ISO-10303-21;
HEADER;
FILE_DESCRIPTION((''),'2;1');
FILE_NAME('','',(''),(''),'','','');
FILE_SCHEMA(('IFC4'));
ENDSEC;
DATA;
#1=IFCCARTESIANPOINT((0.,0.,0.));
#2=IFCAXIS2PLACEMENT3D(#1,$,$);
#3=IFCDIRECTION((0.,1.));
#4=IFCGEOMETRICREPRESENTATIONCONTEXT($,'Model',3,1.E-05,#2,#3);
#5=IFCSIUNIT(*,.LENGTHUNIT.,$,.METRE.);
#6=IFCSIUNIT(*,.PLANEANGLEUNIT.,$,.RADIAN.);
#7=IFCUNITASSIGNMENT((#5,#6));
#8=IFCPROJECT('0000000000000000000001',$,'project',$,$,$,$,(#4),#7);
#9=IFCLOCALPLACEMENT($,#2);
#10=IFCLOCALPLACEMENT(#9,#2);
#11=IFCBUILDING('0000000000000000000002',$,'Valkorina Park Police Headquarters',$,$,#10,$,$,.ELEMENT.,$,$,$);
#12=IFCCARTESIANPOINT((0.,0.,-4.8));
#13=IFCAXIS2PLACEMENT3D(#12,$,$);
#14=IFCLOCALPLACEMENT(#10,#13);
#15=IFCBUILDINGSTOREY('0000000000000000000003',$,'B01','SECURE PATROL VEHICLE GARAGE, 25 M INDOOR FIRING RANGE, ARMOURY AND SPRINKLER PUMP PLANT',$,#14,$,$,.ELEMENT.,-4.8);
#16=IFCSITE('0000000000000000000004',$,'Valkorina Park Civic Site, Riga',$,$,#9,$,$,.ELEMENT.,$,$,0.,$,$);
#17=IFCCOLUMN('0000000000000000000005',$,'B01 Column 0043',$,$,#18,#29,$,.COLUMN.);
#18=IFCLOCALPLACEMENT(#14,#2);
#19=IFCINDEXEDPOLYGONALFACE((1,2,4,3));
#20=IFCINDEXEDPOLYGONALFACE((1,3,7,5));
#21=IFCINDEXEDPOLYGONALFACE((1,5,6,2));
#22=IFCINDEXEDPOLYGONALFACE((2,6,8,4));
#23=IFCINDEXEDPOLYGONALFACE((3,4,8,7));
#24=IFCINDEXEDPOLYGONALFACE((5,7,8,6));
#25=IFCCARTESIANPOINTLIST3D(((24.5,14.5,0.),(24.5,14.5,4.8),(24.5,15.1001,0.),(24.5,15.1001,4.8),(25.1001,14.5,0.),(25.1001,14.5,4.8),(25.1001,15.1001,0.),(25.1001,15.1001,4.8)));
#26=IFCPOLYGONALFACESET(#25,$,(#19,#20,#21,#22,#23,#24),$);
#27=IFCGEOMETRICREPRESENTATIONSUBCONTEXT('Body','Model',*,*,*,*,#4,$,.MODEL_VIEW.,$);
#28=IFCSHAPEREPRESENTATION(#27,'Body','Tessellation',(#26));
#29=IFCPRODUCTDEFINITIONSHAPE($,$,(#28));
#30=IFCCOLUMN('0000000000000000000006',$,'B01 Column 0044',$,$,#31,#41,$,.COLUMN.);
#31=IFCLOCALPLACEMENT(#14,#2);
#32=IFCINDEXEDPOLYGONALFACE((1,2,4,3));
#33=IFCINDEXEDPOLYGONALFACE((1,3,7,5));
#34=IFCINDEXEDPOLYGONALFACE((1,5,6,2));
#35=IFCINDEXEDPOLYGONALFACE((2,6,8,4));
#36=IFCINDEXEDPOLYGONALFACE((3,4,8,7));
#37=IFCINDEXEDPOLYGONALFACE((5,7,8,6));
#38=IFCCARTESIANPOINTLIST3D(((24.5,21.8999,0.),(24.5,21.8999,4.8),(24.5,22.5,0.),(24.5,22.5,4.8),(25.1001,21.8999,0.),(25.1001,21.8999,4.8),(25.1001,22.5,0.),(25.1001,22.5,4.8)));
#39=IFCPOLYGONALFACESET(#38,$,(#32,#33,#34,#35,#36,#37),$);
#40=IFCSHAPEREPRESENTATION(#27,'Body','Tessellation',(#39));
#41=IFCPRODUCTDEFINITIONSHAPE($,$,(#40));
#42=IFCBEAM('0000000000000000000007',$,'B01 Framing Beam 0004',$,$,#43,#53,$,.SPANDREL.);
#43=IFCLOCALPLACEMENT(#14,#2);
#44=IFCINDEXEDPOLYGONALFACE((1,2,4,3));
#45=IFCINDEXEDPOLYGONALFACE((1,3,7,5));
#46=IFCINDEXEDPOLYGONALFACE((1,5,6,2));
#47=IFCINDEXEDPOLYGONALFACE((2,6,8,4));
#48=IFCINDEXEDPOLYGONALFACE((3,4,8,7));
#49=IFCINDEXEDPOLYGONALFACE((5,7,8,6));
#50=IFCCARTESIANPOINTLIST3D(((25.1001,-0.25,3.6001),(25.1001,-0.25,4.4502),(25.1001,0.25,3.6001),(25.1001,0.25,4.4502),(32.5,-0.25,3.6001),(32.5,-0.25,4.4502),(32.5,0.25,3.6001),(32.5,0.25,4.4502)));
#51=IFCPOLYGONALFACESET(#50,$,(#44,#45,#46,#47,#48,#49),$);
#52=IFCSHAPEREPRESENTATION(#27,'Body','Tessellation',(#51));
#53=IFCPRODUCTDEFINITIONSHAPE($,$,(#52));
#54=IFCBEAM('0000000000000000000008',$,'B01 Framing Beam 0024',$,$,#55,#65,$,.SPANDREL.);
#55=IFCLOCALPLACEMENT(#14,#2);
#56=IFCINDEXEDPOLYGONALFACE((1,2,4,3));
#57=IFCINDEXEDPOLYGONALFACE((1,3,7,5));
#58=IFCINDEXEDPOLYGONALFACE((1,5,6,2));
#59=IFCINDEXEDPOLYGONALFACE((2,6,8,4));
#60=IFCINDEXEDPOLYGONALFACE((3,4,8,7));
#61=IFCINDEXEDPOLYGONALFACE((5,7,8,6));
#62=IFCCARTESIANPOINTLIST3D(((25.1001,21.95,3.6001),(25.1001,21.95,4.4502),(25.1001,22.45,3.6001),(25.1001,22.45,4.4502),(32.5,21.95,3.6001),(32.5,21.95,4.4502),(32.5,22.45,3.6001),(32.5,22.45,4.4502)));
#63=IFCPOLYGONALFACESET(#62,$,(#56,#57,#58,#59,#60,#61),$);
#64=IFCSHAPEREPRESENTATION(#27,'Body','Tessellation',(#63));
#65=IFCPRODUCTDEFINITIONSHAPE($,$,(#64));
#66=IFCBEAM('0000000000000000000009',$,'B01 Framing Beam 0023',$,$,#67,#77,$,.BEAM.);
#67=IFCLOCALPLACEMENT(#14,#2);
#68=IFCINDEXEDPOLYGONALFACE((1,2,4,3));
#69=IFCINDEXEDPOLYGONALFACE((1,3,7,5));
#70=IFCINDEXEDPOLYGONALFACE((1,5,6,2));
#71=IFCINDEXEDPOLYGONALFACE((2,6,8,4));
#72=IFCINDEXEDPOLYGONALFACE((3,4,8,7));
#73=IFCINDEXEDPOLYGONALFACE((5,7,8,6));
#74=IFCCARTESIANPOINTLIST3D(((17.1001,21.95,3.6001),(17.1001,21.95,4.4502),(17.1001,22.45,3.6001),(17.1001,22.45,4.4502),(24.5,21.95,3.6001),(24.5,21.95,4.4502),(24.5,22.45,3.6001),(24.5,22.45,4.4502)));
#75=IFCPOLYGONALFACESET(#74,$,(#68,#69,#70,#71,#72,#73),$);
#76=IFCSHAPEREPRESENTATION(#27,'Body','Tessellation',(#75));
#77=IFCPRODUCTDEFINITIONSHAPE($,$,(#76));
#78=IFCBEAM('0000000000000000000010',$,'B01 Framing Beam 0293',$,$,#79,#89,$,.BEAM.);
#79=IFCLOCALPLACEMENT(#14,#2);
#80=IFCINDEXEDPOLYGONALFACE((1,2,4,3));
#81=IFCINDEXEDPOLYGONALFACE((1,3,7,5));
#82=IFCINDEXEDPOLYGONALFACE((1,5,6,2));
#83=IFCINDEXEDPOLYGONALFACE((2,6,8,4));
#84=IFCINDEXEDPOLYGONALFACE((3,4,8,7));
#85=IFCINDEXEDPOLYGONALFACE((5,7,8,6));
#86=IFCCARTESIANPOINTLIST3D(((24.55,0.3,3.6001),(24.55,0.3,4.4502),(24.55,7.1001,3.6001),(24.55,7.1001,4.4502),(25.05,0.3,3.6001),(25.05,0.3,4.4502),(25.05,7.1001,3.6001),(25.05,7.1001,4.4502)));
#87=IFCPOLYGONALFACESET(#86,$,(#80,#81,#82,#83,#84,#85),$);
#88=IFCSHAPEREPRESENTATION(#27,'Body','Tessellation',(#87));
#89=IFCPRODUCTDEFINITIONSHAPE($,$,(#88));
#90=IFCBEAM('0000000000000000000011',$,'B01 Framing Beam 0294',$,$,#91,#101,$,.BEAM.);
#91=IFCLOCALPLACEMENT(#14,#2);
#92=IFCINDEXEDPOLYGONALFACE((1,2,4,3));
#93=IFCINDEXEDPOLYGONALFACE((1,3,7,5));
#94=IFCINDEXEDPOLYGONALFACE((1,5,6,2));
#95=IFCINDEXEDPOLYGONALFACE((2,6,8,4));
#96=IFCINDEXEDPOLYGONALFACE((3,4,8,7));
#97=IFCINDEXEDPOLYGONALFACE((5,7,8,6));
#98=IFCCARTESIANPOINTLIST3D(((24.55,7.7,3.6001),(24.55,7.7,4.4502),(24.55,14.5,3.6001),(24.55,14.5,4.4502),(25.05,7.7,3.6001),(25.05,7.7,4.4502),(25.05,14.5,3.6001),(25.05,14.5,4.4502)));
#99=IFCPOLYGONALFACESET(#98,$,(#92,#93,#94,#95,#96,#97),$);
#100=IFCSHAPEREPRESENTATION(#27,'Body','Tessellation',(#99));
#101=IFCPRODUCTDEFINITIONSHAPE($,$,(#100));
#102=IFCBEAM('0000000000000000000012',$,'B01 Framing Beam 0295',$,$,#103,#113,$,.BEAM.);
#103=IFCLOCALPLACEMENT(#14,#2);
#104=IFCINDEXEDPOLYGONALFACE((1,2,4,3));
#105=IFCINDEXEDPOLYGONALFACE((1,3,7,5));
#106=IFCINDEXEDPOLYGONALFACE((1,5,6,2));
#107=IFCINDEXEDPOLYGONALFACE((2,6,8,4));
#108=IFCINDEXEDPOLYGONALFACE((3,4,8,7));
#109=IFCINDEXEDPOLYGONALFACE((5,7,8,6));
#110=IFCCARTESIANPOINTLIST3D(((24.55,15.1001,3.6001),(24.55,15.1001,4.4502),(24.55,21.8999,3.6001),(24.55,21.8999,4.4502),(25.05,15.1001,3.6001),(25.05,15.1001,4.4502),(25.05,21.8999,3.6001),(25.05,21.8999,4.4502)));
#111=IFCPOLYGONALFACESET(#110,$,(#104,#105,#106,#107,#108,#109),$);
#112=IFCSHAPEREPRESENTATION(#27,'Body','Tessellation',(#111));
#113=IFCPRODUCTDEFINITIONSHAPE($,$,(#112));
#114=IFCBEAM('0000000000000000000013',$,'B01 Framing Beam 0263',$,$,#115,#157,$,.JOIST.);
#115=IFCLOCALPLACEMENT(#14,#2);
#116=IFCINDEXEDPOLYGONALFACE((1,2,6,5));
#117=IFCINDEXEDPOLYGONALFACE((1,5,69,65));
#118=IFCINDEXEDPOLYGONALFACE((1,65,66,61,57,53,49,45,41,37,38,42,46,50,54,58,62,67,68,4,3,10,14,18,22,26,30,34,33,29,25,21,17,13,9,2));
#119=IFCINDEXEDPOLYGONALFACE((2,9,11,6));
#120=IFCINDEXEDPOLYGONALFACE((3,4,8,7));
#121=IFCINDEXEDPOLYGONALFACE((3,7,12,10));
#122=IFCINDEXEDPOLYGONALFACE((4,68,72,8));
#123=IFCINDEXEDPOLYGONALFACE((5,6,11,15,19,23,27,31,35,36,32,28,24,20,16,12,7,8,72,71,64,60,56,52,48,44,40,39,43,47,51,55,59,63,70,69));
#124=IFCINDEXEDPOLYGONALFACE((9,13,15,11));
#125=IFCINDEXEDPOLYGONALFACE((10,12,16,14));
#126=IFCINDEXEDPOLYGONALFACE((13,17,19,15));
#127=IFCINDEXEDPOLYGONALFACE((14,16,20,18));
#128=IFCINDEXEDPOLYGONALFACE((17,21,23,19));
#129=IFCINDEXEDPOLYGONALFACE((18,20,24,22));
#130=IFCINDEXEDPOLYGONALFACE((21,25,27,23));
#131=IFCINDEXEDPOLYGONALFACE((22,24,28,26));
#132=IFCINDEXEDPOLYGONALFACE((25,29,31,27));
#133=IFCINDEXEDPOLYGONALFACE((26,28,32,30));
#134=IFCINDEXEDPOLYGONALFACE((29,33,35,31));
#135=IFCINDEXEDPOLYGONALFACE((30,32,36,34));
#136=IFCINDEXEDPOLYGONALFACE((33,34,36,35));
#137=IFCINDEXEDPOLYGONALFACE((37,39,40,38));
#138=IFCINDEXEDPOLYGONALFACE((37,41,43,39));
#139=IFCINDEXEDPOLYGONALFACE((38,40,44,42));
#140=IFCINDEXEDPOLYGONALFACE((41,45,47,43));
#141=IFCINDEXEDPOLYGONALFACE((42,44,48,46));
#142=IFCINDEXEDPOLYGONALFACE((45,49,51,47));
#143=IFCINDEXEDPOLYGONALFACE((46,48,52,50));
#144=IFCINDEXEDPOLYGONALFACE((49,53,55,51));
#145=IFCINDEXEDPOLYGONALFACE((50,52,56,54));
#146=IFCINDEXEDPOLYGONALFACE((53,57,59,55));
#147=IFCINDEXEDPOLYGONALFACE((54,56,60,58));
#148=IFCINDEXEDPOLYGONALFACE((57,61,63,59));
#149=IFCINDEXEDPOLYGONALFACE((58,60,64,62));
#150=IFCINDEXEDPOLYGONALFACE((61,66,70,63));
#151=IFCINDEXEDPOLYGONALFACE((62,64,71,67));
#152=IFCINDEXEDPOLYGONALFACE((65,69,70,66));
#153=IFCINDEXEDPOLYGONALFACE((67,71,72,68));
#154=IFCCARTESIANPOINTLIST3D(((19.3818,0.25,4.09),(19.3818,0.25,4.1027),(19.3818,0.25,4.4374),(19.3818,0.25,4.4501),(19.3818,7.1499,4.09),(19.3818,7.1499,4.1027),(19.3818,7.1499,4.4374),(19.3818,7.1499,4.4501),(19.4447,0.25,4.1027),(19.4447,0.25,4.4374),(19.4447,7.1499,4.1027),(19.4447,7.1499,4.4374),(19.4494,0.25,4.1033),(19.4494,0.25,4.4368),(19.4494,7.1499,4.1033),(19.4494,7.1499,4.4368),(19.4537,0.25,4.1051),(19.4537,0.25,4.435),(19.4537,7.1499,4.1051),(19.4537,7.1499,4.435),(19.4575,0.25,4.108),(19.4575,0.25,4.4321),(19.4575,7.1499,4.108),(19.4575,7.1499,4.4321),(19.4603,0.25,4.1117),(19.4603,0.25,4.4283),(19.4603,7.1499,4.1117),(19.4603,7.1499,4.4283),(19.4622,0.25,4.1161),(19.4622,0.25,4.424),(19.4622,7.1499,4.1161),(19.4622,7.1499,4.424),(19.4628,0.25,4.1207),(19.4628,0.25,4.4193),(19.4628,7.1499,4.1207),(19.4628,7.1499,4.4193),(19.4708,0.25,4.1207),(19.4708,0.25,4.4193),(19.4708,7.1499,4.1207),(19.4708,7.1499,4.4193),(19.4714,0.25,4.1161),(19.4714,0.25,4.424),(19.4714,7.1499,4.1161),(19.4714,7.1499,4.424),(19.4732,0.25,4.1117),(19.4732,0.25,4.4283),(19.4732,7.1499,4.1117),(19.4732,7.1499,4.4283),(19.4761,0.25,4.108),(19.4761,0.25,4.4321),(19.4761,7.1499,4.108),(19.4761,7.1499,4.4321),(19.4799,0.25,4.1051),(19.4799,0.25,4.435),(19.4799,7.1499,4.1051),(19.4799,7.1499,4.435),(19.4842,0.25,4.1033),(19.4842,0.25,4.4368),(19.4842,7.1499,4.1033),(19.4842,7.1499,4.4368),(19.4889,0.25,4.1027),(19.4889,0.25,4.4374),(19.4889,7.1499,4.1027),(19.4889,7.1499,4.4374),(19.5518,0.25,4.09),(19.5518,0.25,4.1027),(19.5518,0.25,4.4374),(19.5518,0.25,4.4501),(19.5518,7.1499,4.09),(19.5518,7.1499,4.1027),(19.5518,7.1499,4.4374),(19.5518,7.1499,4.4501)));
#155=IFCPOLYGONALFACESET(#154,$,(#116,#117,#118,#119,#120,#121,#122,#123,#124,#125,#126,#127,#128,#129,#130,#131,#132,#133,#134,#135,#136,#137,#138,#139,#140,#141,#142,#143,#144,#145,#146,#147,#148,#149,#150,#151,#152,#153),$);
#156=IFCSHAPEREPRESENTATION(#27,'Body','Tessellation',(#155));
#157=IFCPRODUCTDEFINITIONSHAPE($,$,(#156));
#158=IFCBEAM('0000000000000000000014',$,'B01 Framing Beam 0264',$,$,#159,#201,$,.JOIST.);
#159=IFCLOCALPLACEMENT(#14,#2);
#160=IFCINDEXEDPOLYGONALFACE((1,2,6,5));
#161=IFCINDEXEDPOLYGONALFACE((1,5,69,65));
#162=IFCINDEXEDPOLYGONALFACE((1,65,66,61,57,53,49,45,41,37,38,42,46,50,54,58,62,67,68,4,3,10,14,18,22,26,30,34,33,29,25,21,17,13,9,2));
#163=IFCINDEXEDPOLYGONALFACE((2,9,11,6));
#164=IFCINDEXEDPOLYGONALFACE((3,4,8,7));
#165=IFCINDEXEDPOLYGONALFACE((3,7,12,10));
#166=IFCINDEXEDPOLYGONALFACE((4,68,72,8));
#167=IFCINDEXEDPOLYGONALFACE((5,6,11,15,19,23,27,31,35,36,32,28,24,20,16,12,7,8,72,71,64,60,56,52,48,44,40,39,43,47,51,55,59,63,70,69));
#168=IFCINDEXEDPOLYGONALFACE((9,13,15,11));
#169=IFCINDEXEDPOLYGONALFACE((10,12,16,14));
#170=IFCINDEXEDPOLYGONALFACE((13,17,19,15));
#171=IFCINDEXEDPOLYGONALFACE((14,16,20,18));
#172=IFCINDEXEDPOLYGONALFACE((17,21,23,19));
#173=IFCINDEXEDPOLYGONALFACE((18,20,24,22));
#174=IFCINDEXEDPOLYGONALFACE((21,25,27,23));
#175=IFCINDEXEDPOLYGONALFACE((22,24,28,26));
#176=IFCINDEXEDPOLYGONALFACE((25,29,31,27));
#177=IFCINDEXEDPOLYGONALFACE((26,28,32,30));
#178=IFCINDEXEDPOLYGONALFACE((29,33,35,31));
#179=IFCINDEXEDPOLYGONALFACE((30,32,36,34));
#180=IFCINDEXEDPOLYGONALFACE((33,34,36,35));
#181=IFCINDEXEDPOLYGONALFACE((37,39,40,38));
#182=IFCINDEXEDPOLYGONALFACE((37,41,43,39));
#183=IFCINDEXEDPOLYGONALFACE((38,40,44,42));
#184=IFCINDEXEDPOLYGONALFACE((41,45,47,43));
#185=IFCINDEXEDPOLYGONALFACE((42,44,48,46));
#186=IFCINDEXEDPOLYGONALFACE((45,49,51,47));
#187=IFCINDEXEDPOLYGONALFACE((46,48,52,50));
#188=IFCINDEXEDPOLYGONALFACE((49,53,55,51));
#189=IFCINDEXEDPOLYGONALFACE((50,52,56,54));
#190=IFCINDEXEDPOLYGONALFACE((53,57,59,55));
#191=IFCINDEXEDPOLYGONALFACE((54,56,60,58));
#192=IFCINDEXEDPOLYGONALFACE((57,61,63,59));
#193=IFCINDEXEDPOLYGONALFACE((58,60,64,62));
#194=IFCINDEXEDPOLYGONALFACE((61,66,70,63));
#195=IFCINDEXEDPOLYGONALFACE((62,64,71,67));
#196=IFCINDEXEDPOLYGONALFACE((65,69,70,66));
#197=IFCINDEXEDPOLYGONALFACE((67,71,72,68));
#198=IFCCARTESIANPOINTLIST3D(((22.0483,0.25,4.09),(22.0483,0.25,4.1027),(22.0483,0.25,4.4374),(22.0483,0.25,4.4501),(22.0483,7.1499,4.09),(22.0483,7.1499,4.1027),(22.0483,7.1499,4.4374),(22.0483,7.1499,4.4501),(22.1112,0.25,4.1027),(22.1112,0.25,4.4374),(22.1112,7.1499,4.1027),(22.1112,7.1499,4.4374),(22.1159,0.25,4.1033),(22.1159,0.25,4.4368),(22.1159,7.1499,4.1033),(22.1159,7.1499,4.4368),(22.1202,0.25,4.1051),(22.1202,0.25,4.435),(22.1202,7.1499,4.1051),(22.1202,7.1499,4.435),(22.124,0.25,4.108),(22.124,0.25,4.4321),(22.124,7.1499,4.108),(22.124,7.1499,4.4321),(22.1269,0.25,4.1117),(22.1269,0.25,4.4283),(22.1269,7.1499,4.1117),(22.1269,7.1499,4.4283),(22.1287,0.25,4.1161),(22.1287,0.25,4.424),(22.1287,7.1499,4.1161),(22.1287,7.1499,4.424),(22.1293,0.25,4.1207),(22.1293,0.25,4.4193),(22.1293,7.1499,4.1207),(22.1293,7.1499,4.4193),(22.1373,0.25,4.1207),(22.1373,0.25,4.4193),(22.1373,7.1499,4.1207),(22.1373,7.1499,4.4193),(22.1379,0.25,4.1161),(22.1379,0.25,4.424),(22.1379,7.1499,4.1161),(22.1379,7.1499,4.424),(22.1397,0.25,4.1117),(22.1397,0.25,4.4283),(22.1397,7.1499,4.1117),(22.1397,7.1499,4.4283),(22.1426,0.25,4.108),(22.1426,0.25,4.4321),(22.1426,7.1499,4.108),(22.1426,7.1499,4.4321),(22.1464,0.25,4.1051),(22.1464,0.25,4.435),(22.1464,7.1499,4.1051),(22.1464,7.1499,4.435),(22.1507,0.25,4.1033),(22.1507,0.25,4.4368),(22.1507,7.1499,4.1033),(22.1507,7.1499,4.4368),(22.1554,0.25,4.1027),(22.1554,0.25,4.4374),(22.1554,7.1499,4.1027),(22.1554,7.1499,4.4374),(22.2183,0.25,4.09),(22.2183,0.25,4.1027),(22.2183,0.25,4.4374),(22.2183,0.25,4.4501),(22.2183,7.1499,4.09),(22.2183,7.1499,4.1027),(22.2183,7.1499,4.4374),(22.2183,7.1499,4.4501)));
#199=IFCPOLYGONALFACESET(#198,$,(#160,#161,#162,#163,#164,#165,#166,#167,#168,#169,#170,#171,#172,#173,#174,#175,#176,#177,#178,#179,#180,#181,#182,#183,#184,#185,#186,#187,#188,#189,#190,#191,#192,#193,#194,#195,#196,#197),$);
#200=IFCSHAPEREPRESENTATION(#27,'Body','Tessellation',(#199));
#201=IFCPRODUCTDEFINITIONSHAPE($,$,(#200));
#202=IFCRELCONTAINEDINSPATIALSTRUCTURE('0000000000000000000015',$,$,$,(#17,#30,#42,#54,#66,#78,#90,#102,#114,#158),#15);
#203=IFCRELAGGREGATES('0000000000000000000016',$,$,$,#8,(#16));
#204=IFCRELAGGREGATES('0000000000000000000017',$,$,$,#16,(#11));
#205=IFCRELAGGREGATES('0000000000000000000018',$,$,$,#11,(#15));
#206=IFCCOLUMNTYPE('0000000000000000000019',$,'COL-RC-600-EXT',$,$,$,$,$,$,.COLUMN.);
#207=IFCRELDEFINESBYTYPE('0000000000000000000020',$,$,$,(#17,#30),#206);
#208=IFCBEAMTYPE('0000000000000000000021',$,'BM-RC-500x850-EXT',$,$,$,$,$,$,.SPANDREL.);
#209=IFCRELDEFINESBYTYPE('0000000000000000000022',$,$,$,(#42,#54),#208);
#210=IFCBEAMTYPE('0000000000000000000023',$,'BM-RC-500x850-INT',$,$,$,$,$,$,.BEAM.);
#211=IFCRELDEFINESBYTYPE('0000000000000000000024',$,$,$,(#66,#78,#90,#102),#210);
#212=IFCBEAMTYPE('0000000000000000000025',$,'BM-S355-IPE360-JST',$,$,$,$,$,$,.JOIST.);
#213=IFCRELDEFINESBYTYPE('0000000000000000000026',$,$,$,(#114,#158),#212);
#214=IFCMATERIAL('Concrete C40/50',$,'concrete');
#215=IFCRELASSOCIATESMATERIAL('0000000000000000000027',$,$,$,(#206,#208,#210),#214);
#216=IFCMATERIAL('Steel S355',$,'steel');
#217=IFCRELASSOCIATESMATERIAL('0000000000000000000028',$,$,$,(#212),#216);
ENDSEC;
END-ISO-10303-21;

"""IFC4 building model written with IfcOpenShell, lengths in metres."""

from ifc_helpers import new_model, si_unit, direction, frame, origin, origin_2d, place, context, subcontext, project, spatial, rectangle, i_section, extrude, material, material_profile, profile_set, type_object, element, save


model = new_model("IFC4")

# Units and contexts
model_context = context("Model", 3, precision=1e-05, world=origin(), true_north=direction((0.0, 1.0)))
body_context = subcontext(model_context, "Body", "Model", "MODEL_VIEW")
ifc_project = project(units=[si_unit("LENGTHUNIT", "METRE"), si_unit("PLANEANGLEUNIT", "RADIAN")], contexts=[model_context])

# Site, building, storey
site_placement = place(None, origin())
site = spatial("IfcSite", under=ifc_project, at=site_placement, Name="Valkorina Park Civic Site, Riga", CompositionType="ELEMENT", RefElevation=0.0)
building_placement = place(site_placement, origin())
building = spatial("IfcBuilding", under=site, at=building_placement, Name="Valkorina Park Police Headquarters", CompositionType="ELEMENT")
storey_placement = place(building_placement, frame((0.0, 0.0, -4.8)))
storey = spatial("IfcBuildingStorey", under=building, at=storey_placement, Name="B01", Description="SECURE PATROL VEHICLE GARAGE, 25 M INDOOR FIRING RANGE, ARMOURY AND SPRINKLER PUMP PLANT", CompositionType="ELEMENT", Elevation=-4.8)

# Shared definitions
ifc_material_1 = material(Name="Concrete C40/50", Category="concrete")

# Columns
ifc_material_profile_1 = material_profile(ifc_material_1, rectangle(XDim=0.6001, YDim=0.6001, at=origin_2d()), Name="RC COL 600x600")
ifc_profile_set_1 = profile_set([ifc_material_profile_1], Name="Concrete C40/50")
column_type = type_object("IfcColumnType", Name="COL-RC-600-EXT", PredefinedType="COLUMN", material=ifc_profile_set_1)
for number, where, z_axis, x_axis, name in (
    (1, (24.8, 14.8, 0.0), (0.0, 0.0, 1.0), (1.0, 0.0, 0.0), "B01 Column 0043"),
    (2, (24.8, 22.2, 0.0), (0.0, 0.0, 1.0), (1.0, 0.0, 0.0), "B01 Column 0044"),
):
    element("IfcColumn", number, at=place(storey_placement, frame(where, z_axis=z_axis, x_axis=x_axis)), inside=storey, type_object=column_type, Name=name, PredefinedType="COLUMN", context=body_context, shape_type="SweptSolid", body=[
        extrude(rectangle(XDim=0.6001, YDim=0.6001, at=origin_2d()), origin(), (0.0, 0.0, 1.0), 4.8),
    ])

# Beams
ifc_material_profile_2 = material_profile(ifc_material_1, rectangle(XDim=0.5, YDim=0.8501, at=origin_2d()), Name="RC BEAM 500x850")
ifc_profile_set_2 = profile_set([ifc_material_profile_2], Name="Concrete C40/50")
beam_type_1 = type_object("IfcBeamType", Name="BM-RC-500x850-EXT", PredefinedType="SPANDREL", material=ifc_profile_set_2)
for number, where, z_axis, x_axis, name in (
    (3, (25.1001, 0.0, 4.0251), (1.0, 0.0, 0.0), (0.0, 1.0, 0.0), "B01 Framing Beam 0004"),
    (4, (25.1001, 22.2, 4.0251), (1.0, 0.0, 0.0), (0.0, 1.0, 0.0), "B01 Framing Beam 0024"),
):
    element("IfcBeam", number, at=place(storey_placement, frame(where, z_axis=z_axis, x_axis=x_axis)), inside=storey, type_object=beam_type_1, Name=name, PredefinedType="SPANDREL", context=body_context, shape_type="SweptSolid", body=[
        extrude(rectangle(XDim=0.5, YDim=0.8501, at=origin_2d()), origin(), (0.0, 0.0, 1.0), 7.3999),
    ])
ifc_material_profile_3 = material_profile(ifc_material_1, rectangle(XDim=0.5, YDim=0.8501, at=origin_2d()), Name="RC BEAM 500x850")
ifc_profile_set_3 = profile_set([ifc_material_profile_3], Name="Concrete C40/50")
beam_type_2 = type_object("IfcBeamType", Name="BM-RC-500x850-INT", PredefinedType="BEAM", material=ifc_profile_set_3)
beam_1_placement = place(storey_placement, frame((17.1001, 22.2, 4.0251), z_axis=(1.0, 0.0, 0.0), x_axis=(0.0, 1.0, 0.0)))
element("IfcBeam", 5, at=beam_1_placement, inside=storey, type_object=beam_type_2, Name="B01 Framing Beam 0023", PredefinedType="BEAM", context=body_context, shape_type="SweptSolid", body=[
    extrude(rectangle(XDim=0.5, YDim=0.8501, at=origin_2d()), origin(), (0.0, 0.0, 1.0), 7.3999),
])
for number, where, z_axis, x_axis, name in (
    (6, (24.8, 0.3, 4.0251), (0.0, 1.0, 0.0), (-1.0, 0.0, 0.0), "B01 Framing Beam 0293"),
    (7, (24.8, 7.7, 4.0251), (0.0, 1.0, 0.0), (-1.0, 0.0, 0.0), "B01 Framing Beam 0294"),
):
    element("IfcBeam", number, at=place(storey_placement, frame(where, z_axis=z_axis, x_axis=x_axis)), inside=storey, type_object=beam_type_2, Name=name, PredefinedType="BEAM", context=body_context, shape_type="SweptSolid", body=[
        extrude(rectangle(XDim=0.5, YDim=0.8501, at=origin_2d()), origin(), (0.0, 0.0, 1.0), 6.8),
    ])
beam_2_placement = place(storey_placement, frame((24.8, 15.1001, 4.0251), z_axis=(0.0, 1.0, 0.0), x_axis=(-1.0, 0.0, 0.0)))
element("IfcBeam", 8, at=beam_2_placement, inside=storey, type_object=beam_type_2, Name="B01 Framing Beam 0295", PredefinedType="BEAM", context=body_context, shape_type="SweptSolid", body=[
    extrude(rectangle(XDim=0.5, YDim=0.8501, at=origin_2d()), origin(), (0.0, 0.0, 1.0), 6.7998),
])
ifc_material_2 = material(Name="Steel S355", Category="steel")
ifc_material_profile_4 = material_profile(ifc_material_2, i_section(OverallWidth=0.1699, OverallDepth=0.3601, WebThickness=0.0081, FlangeThickness=0.0127, FilletRadius=0.0181, at=origin_2d()), Name="IPE 360")
ifc_profile_set_4 = profile_set([ifc_material_profile_4], Name="Steel S355")
beam_type_3 = type_object("IfcBeamType", Name="BM-S355-IPE360-JST", PredefinedType="JOIST", material=ifc_profile_set_4)
for number, where, z_axis, x_axis, name in (
    (9, (19.4668, 0.25, 4.27), (0.0, 1.0, 0.0), (-1.0, 0.0, 0.0), "B01 Framing Beam 0263"),
    (10, (22.1333, 0.25, 4.27), (0.0, 1.0, 0.0), (-1.0, 0.0, 0.0), "B01 Framing Beam 0264"),
):
    element("IfcBeam", number, at=place(storey_placement, frame(where, z_axis=z_axis, x_axis=x_axis)), inside=storey, type_object=beam_type_3, Name=name, PredefinedType="JOIST", context=body_context, shape_type="SweptSolid", body=[
        extrude(i_section(OverallWidth=0.1699, OverallDepth=0.3601, WebThickness=0.0081, FlangeThickness=0.0127, FilletRadius=0.0181, at=origin_2d()), origin(), (0.0, 0.0, 1.0), 6.8999),
    ])

save(model, "model.ifc")
